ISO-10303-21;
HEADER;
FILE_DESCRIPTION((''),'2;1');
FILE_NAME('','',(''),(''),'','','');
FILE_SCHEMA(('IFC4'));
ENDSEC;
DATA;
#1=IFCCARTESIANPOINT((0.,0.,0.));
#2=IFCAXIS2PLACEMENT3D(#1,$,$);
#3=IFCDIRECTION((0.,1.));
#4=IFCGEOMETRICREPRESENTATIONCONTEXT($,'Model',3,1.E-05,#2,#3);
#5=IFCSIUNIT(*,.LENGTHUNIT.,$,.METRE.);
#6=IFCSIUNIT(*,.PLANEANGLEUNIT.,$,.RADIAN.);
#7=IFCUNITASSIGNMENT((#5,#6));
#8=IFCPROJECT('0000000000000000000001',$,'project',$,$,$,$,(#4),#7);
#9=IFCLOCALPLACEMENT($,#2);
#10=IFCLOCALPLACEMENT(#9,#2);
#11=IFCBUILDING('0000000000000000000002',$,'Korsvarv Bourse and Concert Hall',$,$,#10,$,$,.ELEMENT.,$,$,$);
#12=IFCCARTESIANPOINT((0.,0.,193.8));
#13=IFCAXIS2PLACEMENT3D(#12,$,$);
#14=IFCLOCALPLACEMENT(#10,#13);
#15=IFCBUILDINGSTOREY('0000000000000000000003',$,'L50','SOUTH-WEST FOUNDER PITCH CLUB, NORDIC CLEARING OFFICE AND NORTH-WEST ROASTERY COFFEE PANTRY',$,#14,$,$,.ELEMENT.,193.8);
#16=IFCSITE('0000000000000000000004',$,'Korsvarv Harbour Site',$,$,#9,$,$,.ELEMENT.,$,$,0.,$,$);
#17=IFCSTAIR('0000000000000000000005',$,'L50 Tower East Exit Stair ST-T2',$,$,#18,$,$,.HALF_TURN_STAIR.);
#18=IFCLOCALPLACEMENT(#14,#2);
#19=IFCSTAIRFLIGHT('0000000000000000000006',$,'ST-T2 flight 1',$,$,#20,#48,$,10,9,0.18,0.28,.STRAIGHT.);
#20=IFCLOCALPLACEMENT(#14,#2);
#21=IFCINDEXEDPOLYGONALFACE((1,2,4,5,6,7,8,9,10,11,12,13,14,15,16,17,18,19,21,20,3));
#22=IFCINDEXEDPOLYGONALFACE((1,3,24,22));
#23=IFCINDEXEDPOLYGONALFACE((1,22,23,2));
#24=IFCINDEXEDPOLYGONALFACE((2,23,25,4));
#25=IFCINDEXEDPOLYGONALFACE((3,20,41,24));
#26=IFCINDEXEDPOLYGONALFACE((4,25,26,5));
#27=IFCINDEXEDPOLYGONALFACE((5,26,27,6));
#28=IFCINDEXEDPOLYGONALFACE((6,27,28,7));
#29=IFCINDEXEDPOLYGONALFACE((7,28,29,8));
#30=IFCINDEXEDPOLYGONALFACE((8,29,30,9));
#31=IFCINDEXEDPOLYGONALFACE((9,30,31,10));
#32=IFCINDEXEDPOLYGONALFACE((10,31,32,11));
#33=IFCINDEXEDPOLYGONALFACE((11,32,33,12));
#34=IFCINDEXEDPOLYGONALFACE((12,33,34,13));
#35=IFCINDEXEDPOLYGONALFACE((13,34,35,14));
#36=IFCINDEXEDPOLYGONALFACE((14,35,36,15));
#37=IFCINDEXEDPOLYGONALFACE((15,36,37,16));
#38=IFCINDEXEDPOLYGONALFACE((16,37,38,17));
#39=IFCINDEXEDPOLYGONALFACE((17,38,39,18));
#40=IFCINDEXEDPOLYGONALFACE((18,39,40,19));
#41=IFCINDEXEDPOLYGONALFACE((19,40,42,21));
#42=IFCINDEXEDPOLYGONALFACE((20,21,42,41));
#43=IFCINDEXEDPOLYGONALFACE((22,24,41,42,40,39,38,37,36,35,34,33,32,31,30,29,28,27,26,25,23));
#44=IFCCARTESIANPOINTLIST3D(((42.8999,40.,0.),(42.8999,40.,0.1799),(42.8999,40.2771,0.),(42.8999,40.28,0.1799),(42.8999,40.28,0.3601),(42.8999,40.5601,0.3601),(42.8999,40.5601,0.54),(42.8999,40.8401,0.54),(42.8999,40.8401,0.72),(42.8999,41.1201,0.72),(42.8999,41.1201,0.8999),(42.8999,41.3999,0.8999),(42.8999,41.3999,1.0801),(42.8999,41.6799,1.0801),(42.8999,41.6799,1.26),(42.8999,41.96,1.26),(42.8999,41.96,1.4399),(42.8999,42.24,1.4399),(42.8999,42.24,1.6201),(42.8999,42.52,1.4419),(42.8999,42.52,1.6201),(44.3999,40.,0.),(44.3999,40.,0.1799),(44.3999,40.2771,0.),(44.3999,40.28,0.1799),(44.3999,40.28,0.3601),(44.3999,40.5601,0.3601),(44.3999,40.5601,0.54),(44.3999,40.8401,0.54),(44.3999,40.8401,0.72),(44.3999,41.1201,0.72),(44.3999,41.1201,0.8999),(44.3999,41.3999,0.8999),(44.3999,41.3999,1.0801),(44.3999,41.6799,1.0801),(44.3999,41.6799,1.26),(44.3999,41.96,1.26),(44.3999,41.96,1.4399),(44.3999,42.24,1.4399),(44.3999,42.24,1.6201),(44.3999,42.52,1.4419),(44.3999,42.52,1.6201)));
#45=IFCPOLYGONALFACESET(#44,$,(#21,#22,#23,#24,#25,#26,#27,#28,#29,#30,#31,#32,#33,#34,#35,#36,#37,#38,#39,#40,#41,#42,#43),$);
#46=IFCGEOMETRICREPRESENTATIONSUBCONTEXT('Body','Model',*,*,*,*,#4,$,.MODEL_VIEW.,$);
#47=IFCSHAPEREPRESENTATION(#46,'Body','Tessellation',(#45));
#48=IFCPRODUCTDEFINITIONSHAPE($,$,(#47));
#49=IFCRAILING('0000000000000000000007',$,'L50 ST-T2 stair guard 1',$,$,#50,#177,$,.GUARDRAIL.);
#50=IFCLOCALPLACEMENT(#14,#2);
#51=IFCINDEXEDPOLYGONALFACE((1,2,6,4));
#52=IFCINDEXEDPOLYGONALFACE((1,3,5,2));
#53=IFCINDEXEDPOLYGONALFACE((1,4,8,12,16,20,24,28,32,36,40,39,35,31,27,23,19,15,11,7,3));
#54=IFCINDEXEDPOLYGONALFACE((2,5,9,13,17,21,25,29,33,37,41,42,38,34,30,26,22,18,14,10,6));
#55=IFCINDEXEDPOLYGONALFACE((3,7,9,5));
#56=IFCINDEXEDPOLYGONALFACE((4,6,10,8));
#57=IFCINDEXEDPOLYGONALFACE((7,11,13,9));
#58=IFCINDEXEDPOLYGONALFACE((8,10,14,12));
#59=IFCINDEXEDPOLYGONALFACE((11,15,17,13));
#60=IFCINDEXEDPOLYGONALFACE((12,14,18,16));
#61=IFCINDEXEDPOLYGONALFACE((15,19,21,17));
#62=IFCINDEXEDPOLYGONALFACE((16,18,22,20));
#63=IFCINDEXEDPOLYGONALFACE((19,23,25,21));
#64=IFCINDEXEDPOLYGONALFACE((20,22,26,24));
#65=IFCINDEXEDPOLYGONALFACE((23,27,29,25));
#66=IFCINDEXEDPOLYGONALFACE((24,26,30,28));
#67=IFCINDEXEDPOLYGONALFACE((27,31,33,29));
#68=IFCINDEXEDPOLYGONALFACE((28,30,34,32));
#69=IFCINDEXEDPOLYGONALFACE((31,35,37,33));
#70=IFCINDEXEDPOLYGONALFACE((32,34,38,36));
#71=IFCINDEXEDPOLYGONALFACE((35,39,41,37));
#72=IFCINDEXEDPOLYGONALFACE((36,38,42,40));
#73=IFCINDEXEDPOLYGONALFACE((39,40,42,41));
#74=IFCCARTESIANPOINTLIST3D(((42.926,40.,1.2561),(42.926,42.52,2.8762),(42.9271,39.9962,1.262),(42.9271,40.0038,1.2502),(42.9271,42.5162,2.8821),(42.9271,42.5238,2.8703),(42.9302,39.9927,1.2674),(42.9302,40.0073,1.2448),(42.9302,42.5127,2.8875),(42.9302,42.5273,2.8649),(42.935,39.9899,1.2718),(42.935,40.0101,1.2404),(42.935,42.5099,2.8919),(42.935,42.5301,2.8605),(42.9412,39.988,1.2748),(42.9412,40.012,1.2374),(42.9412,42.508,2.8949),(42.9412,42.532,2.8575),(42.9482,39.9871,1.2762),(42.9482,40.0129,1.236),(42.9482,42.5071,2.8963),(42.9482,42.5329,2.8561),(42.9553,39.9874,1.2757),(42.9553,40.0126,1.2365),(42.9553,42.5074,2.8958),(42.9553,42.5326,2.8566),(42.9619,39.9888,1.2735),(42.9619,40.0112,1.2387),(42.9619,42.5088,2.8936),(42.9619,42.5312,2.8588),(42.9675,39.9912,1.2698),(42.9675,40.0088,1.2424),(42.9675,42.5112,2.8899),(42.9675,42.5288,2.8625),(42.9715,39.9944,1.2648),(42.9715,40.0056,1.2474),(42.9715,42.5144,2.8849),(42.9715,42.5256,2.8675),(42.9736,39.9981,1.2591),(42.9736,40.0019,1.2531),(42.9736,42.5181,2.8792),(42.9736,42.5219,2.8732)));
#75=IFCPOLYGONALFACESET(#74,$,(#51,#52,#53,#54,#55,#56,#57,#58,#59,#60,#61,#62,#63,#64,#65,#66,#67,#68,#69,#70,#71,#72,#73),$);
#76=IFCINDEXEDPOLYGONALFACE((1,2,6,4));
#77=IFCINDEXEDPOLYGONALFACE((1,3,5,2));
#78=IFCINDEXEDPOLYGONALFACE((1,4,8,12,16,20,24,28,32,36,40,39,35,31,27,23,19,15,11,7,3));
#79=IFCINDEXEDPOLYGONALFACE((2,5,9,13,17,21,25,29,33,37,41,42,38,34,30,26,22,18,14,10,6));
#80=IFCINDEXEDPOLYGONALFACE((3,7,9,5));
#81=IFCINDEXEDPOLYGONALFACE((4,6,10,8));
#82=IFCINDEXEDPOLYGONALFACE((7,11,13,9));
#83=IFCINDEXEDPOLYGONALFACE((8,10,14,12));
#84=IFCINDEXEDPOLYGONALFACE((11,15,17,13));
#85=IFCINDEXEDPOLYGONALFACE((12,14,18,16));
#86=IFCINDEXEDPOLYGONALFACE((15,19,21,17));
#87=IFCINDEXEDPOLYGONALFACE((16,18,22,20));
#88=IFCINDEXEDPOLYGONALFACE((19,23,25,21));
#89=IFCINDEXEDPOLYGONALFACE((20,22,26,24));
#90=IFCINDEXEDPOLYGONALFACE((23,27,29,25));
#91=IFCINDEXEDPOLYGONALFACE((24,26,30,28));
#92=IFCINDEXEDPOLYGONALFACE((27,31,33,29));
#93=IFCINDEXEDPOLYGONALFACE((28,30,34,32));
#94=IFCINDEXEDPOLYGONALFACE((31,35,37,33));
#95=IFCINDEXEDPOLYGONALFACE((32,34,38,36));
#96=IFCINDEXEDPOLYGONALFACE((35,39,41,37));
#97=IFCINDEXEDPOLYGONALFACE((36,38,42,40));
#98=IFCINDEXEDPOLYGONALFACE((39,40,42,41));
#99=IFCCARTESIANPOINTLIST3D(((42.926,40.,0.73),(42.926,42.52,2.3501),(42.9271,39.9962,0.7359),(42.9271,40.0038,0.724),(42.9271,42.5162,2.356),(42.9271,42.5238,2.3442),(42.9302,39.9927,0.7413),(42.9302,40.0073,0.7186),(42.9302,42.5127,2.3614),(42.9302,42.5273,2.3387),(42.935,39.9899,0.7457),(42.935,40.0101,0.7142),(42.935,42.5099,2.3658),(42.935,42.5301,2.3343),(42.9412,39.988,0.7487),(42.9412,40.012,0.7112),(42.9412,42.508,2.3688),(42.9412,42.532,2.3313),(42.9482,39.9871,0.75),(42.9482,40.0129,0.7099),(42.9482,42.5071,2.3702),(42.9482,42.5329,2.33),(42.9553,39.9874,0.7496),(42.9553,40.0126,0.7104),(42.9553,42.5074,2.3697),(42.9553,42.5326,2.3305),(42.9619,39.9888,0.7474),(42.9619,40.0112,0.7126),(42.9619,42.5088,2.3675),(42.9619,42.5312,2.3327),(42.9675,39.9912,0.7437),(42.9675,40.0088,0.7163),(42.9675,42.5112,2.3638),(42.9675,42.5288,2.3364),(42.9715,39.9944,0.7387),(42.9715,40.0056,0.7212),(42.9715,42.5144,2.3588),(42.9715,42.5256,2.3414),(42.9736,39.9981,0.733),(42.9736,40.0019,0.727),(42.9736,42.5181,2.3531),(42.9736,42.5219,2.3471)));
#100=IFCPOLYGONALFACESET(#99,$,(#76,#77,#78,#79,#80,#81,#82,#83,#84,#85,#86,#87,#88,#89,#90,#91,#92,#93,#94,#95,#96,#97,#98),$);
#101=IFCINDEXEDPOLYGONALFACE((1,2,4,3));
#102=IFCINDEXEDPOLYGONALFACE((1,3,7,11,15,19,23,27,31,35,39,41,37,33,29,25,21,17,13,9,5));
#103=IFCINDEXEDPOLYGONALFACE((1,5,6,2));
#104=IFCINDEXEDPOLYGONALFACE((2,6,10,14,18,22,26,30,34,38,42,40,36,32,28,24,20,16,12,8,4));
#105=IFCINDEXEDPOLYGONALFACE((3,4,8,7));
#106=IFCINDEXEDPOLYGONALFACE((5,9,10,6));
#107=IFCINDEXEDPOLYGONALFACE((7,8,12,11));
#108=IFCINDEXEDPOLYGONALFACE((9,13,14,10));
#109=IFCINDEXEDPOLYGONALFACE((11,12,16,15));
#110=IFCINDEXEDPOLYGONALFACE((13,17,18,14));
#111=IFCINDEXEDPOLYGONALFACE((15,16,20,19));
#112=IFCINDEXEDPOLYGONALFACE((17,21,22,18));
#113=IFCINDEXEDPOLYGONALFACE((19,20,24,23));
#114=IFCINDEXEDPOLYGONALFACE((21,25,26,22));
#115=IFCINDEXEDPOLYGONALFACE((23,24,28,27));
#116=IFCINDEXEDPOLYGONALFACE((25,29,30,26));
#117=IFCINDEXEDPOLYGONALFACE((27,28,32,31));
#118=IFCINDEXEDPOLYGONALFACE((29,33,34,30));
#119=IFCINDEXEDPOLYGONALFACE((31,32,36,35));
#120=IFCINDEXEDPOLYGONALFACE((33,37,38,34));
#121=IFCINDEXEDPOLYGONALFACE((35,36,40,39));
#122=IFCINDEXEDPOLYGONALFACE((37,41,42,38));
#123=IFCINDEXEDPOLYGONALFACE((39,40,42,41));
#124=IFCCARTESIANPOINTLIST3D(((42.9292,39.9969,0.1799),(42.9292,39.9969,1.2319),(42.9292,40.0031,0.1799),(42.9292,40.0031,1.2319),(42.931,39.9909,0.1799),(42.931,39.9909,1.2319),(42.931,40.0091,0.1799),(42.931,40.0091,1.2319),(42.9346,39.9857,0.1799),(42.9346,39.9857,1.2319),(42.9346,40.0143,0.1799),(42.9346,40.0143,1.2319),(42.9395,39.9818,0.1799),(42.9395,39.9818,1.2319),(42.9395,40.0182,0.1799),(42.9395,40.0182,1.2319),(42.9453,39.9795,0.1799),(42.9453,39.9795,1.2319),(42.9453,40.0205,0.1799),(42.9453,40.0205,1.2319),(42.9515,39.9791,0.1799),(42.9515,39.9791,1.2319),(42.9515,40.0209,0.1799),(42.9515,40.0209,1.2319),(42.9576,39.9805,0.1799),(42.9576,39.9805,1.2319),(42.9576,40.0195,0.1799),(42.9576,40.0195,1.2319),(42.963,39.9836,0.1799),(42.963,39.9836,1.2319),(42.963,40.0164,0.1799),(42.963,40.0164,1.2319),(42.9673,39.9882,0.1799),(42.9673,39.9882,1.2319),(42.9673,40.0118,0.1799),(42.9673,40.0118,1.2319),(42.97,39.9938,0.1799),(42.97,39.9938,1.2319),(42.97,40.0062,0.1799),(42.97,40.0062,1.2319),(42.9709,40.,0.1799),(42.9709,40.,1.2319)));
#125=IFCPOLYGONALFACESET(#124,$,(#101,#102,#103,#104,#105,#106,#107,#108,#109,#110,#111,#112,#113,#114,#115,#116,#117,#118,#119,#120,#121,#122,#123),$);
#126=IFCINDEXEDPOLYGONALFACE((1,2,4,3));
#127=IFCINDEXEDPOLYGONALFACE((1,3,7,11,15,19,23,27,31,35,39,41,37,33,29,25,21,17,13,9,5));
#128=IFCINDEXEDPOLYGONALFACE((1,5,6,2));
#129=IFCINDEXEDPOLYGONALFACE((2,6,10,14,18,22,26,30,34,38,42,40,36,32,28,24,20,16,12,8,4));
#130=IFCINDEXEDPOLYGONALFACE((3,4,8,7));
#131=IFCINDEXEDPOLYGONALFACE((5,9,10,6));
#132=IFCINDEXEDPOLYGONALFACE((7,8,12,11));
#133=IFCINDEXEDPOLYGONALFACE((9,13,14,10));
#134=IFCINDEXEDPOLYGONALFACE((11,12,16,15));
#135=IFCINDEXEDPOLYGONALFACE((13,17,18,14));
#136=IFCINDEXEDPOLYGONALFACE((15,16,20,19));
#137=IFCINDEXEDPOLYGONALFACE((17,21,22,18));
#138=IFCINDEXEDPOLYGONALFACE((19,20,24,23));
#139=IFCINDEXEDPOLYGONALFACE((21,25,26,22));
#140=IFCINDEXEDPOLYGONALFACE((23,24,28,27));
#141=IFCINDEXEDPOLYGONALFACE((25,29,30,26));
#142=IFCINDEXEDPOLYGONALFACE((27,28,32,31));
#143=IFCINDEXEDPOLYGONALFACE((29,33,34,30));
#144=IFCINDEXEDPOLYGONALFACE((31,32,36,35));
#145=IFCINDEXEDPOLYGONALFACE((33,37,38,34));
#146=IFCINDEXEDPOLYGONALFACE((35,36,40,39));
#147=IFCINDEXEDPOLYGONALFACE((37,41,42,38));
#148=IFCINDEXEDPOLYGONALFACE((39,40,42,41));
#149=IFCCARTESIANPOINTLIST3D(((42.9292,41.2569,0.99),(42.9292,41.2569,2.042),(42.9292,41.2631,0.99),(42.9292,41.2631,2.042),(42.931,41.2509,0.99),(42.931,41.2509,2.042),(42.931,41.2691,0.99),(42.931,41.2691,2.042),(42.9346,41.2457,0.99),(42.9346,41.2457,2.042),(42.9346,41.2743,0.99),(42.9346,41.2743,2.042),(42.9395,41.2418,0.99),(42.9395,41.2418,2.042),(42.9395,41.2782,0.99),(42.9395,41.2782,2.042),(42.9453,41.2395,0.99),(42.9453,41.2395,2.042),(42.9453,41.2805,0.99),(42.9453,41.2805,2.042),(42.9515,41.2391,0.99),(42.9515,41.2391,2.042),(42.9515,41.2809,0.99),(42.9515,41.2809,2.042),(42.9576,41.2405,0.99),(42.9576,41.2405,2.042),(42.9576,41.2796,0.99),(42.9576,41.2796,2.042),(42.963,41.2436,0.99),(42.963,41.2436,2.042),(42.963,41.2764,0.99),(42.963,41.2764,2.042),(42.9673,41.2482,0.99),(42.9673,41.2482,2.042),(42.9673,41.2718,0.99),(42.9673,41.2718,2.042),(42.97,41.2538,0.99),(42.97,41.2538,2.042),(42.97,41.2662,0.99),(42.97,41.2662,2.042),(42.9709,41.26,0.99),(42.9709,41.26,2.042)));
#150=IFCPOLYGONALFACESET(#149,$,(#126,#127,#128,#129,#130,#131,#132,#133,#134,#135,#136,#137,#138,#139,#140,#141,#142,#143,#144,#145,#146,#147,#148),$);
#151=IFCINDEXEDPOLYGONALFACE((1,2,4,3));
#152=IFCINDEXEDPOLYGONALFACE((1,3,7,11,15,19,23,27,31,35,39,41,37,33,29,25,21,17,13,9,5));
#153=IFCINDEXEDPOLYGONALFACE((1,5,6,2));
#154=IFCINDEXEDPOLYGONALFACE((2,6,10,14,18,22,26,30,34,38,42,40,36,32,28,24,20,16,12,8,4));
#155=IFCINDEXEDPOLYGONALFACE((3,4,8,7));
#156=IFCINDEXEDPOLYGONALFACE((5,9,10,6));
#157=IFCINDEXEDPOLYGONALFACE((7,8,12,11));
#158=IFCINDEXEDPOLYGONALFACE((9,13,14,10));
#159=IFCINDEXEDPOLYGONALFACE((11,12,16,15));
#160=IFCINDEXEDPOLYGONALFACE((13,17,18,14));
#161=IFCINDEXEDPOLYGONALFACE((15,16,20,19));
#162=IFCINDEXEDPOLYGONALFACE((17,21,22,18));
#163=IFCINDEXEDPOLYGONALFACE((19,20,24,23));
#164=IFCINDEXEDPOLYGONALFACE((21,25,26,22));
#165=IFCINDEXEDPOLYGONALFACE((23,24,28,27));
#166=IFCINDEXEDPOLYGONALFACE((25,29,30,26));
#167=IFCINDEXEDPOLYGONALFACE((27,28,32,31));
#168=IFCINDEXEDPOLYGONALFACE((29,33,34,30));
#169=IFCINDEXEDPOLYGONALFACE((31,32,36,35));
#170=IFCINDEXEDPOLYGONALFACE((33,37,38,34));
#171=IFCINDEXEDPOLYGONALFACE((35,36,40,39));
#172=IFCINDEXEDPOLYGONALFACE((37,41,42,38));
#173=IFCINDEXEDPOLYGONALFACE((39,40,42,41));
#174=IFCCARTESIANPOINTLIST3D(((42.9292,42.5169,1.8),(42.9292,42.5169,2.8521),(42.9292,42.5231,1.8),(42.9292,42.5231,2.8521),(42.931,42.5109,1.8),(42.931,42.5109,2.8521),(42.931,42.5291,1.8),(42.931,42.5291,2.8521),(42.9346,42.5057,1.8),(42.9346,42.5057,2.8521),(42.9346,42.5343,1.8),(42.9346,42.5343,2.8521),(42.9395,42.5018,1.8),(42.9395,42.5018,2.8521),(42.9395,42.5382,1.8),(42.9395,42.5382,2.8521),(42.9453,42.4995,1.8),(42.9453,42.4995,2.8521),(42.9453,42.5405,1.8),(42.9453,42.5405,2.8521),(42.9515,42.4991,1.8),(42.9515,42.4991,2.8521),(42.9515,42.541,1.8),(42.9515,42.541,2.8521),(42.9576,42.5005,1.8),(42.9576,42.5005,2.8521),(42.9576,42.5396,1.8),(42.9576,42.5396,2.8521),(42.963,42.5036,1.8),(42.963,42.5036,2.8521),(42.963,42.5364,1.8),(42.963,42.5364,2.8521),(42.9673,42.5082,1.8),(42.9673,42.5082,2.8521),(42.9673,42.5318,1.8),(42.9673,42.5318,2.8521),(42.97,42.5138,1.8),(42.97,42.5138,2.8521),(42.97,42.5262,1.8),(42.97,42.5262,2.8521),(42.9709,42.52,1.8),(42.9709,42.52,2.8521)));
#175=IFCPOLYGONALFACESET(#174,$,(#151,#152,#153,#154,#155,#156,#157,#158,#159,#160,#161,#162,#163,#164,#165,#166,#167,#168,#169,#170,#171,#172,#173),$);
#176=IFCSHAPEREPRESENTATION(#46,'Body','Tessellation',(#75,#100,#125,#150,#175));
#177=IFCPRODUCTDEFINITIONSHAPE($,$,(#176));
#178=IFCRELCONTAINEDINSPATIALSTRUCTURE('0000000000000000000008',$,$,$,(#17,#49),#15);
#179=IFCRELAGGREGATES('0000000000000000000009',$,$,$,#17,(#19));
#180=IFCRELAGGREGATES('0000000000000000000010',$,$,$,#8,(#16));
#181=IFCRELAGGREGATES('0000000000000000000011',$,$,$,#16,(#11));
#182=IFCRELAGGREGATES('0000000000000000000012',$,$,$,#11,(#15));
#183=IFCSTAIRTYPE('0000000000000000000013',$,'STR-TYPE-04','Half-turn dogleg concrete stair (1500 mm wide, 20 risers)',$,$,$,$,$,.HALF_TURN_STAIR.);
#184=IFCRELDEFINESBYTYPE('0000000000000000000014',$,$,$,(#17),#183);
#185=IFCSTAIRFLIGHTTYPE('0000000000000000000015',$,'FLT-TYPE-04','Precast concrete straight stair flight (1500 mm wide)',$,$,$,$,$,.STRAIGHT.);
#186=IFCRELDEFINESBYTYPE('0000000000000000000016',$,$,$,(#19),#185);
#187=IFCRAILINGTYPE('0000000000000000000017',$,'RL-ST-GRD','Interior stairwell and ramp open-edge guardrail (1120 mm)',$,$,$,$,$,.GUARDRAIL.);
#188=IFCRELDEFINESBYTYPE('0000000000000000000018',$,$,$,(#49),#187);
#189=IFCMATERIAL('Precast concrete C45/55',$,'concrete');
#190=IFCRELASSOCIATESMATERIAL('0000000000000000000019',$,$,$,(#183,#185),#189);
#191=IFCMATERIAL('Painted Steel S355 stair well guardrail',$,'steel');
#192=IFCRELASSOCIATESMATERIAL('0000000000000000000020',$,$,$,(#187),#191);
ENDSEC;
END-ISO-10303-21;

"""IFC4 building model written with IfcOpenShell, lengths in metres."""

from ifc_helpers import new_model, si_unit, direction, frame, origin, origin_2d, place, context, subcontext, project, spatial, polyline, circle, outline, extrude, material, type_object, element, aggregate, save


model = new_model("IFC4")

# Units and contexts
model_context = context("Model", 3, precision=1e-05, world=origin(), true_north=direction((0.0, 1.0)))
body_context = subcontext(model_context, "Body", "Model", "MODEL_VIEW")
ifc_project = project(units=[si_unit("LENGTHUNIT", "METRE"), si_unit("PLANEANGLEUNIT", "RADIAN")], contexts=[model_context])

# Site, building, storey
site_placement = place(None, origin())
site = spatial("IfcSite", under=ifc_project, at=site_placement, Name="Korsvarv Harbour Site", CompositionType="ELEMENT", RefElevation=0.0)
building_placement = place(site_placement, origin())
building = spatial("IfcBuilding", under=site, at=building_placement, Name="Korsvarv Bourse and Concert Hall", CompositionType="ELEMENT")
storey_placement = place(building_placement, frame((0.0, 0.0, 193.8)))
storey = spatial("IfcBuildingStorey", under=building, at=storey_placement, Name="L50", Description="SOUTH-WEST FOUNDER PITCH CLUB, NORDIC CLEARING OFFICE AND NORTH-WEST ROASTERY COFFEE PANTRY", CompositionType="ELEMENT", Elevation=193.8)

# Stair, stair flight
ifc_material_1 = material(Name="Precast concrete C45/55", Category="concrete")
stair_type = type_object("IfcStairType", Name="STR-TYPE-04", Description="Half-turn dogleg concrete stair (1500 mm wide, 20 risers)", PredefinedType="HALF_TURN_STAIR", material=ifc_material_1)
stair_placement = place(storey_placement, origin())
stair = element("IfcStair", 1, at=stair_placement, inside=storey, type_object=stair_type, Name="L50 Tower East Exit Stair ST-T2", PredefinedType="HALF_TURN_STAIR")
stair_flight_type = type_object("IfcStairFlightType", Name="FLT-TYPE-04", Description="Precast concrete straight stair flight (1500 mm wide)", PredefinedType="STRAIGHT", material=ifc_material_1)
stair_flight_placement = place(storey_placement, frame((43.6499, 40.0, 0.0), z_axis=(0.0, 0.0, 1.0), x_axis=(0.0, 1.0, 0.0)))
stair_flight = element("IfcStairFlight", 2, at=stair_flight_placement, type_object=stair_flight_type, Name="ST-T2 flight 1", NumberOfRisers=10, NumberOfTreads=9, PredefinedType="STRAIGHT", RiserHeight=0.18, TreadLength=0.28, context=body_context, shape_type="SweptSolid", body=[
    extrude(outline(polyline([(0.0, 0.0), (0.0, 0.1799), (0.28, 0.1799), (0.28, 0.3601), (0.5601, 0.3601), (0.5601, 0.54), (0.8401, 0.54), (0.8401, 0.72), (1.1201, 0.72), (1.1201, 0.8999), (1.3999, 0.8999), (1.3999, 1.0801), (1.6799, 1.0801), (1.6799, 1.26), (1.96, 1.26), (1.96, 1.4399), (2.24, 1.4399), (2.24, 1.6201), (2.52, 1.6201), (2.52, 1.8), (2.52, 1.4419), (0.2771, 0.0), (0.0, 0.0)])), frame((0.0, 0.75, 0.0), z_axis=(0.0, -1.0, 0.0), x_axis=(1.0, 0.0, 0.0)), (0.0, 0.0, 1.0), 1.5),
])
aggregate(stair, [stair_flight])

# Railing
ifc_material_2 = material(Name="Painted Steel S355 stair well guardrail", Category="steel")
railing_type_1 = type_object("IfcRailingType", Name="RL-ST-GRD", Description="Interior stairwell and ramp open-edge guardrail (1120 mm)", PredefinedType="GUARDRAIL", material=ifc_material_2)
railing_1_placement = place(storey_placement, frame((42.95, 40.0, 0.1799)))
element("IfcRailing", 3, at=railing_1_placement, inside=storey, type_object=railing_type_1, Name="L50 ST-T2 stair guard 1", PredefinedType="GUARDRAIL", context=body_context, shape_type="SweptSolid", body=[
    extrude(circle(Radius=0.0239, at=origin_2d()), frame((0.0, 0.0, 1.0762), z_axis=(0.0, 0.841163, 0.540782), x_axis=(-1.0, 0.0, 0.0)), (0.0, 0.0, 1.0), 2.9958),
    extrude(circle(Radius=0.0239, at=origin_2d()), frame((0.0, 0.0, 0.55), z_axis=(0.0, 0.841163, 0.540782), x_axis=(-1.0, 0.0, 0.0)), (0.0, 0.0, 1.0), 2.9958),
    extrude(circle(Radius=0.021, at=origin_2d()), origin(), (0.0, 0.0, 1.0), 1.052),
    extrude(circle(Radius=0.021, at=origin_2d()), frame((0.0, 1.26, 0.8101)), (0.0, 0.0, 1.0), 1.052),
    extrude(circle(Radius=0.021, at=origin_2d()), frame((0.0, 2.52, 1.6201)), (0.0, 0.0, 1.0), 1.052),
])

save(model, "model.ifc")
